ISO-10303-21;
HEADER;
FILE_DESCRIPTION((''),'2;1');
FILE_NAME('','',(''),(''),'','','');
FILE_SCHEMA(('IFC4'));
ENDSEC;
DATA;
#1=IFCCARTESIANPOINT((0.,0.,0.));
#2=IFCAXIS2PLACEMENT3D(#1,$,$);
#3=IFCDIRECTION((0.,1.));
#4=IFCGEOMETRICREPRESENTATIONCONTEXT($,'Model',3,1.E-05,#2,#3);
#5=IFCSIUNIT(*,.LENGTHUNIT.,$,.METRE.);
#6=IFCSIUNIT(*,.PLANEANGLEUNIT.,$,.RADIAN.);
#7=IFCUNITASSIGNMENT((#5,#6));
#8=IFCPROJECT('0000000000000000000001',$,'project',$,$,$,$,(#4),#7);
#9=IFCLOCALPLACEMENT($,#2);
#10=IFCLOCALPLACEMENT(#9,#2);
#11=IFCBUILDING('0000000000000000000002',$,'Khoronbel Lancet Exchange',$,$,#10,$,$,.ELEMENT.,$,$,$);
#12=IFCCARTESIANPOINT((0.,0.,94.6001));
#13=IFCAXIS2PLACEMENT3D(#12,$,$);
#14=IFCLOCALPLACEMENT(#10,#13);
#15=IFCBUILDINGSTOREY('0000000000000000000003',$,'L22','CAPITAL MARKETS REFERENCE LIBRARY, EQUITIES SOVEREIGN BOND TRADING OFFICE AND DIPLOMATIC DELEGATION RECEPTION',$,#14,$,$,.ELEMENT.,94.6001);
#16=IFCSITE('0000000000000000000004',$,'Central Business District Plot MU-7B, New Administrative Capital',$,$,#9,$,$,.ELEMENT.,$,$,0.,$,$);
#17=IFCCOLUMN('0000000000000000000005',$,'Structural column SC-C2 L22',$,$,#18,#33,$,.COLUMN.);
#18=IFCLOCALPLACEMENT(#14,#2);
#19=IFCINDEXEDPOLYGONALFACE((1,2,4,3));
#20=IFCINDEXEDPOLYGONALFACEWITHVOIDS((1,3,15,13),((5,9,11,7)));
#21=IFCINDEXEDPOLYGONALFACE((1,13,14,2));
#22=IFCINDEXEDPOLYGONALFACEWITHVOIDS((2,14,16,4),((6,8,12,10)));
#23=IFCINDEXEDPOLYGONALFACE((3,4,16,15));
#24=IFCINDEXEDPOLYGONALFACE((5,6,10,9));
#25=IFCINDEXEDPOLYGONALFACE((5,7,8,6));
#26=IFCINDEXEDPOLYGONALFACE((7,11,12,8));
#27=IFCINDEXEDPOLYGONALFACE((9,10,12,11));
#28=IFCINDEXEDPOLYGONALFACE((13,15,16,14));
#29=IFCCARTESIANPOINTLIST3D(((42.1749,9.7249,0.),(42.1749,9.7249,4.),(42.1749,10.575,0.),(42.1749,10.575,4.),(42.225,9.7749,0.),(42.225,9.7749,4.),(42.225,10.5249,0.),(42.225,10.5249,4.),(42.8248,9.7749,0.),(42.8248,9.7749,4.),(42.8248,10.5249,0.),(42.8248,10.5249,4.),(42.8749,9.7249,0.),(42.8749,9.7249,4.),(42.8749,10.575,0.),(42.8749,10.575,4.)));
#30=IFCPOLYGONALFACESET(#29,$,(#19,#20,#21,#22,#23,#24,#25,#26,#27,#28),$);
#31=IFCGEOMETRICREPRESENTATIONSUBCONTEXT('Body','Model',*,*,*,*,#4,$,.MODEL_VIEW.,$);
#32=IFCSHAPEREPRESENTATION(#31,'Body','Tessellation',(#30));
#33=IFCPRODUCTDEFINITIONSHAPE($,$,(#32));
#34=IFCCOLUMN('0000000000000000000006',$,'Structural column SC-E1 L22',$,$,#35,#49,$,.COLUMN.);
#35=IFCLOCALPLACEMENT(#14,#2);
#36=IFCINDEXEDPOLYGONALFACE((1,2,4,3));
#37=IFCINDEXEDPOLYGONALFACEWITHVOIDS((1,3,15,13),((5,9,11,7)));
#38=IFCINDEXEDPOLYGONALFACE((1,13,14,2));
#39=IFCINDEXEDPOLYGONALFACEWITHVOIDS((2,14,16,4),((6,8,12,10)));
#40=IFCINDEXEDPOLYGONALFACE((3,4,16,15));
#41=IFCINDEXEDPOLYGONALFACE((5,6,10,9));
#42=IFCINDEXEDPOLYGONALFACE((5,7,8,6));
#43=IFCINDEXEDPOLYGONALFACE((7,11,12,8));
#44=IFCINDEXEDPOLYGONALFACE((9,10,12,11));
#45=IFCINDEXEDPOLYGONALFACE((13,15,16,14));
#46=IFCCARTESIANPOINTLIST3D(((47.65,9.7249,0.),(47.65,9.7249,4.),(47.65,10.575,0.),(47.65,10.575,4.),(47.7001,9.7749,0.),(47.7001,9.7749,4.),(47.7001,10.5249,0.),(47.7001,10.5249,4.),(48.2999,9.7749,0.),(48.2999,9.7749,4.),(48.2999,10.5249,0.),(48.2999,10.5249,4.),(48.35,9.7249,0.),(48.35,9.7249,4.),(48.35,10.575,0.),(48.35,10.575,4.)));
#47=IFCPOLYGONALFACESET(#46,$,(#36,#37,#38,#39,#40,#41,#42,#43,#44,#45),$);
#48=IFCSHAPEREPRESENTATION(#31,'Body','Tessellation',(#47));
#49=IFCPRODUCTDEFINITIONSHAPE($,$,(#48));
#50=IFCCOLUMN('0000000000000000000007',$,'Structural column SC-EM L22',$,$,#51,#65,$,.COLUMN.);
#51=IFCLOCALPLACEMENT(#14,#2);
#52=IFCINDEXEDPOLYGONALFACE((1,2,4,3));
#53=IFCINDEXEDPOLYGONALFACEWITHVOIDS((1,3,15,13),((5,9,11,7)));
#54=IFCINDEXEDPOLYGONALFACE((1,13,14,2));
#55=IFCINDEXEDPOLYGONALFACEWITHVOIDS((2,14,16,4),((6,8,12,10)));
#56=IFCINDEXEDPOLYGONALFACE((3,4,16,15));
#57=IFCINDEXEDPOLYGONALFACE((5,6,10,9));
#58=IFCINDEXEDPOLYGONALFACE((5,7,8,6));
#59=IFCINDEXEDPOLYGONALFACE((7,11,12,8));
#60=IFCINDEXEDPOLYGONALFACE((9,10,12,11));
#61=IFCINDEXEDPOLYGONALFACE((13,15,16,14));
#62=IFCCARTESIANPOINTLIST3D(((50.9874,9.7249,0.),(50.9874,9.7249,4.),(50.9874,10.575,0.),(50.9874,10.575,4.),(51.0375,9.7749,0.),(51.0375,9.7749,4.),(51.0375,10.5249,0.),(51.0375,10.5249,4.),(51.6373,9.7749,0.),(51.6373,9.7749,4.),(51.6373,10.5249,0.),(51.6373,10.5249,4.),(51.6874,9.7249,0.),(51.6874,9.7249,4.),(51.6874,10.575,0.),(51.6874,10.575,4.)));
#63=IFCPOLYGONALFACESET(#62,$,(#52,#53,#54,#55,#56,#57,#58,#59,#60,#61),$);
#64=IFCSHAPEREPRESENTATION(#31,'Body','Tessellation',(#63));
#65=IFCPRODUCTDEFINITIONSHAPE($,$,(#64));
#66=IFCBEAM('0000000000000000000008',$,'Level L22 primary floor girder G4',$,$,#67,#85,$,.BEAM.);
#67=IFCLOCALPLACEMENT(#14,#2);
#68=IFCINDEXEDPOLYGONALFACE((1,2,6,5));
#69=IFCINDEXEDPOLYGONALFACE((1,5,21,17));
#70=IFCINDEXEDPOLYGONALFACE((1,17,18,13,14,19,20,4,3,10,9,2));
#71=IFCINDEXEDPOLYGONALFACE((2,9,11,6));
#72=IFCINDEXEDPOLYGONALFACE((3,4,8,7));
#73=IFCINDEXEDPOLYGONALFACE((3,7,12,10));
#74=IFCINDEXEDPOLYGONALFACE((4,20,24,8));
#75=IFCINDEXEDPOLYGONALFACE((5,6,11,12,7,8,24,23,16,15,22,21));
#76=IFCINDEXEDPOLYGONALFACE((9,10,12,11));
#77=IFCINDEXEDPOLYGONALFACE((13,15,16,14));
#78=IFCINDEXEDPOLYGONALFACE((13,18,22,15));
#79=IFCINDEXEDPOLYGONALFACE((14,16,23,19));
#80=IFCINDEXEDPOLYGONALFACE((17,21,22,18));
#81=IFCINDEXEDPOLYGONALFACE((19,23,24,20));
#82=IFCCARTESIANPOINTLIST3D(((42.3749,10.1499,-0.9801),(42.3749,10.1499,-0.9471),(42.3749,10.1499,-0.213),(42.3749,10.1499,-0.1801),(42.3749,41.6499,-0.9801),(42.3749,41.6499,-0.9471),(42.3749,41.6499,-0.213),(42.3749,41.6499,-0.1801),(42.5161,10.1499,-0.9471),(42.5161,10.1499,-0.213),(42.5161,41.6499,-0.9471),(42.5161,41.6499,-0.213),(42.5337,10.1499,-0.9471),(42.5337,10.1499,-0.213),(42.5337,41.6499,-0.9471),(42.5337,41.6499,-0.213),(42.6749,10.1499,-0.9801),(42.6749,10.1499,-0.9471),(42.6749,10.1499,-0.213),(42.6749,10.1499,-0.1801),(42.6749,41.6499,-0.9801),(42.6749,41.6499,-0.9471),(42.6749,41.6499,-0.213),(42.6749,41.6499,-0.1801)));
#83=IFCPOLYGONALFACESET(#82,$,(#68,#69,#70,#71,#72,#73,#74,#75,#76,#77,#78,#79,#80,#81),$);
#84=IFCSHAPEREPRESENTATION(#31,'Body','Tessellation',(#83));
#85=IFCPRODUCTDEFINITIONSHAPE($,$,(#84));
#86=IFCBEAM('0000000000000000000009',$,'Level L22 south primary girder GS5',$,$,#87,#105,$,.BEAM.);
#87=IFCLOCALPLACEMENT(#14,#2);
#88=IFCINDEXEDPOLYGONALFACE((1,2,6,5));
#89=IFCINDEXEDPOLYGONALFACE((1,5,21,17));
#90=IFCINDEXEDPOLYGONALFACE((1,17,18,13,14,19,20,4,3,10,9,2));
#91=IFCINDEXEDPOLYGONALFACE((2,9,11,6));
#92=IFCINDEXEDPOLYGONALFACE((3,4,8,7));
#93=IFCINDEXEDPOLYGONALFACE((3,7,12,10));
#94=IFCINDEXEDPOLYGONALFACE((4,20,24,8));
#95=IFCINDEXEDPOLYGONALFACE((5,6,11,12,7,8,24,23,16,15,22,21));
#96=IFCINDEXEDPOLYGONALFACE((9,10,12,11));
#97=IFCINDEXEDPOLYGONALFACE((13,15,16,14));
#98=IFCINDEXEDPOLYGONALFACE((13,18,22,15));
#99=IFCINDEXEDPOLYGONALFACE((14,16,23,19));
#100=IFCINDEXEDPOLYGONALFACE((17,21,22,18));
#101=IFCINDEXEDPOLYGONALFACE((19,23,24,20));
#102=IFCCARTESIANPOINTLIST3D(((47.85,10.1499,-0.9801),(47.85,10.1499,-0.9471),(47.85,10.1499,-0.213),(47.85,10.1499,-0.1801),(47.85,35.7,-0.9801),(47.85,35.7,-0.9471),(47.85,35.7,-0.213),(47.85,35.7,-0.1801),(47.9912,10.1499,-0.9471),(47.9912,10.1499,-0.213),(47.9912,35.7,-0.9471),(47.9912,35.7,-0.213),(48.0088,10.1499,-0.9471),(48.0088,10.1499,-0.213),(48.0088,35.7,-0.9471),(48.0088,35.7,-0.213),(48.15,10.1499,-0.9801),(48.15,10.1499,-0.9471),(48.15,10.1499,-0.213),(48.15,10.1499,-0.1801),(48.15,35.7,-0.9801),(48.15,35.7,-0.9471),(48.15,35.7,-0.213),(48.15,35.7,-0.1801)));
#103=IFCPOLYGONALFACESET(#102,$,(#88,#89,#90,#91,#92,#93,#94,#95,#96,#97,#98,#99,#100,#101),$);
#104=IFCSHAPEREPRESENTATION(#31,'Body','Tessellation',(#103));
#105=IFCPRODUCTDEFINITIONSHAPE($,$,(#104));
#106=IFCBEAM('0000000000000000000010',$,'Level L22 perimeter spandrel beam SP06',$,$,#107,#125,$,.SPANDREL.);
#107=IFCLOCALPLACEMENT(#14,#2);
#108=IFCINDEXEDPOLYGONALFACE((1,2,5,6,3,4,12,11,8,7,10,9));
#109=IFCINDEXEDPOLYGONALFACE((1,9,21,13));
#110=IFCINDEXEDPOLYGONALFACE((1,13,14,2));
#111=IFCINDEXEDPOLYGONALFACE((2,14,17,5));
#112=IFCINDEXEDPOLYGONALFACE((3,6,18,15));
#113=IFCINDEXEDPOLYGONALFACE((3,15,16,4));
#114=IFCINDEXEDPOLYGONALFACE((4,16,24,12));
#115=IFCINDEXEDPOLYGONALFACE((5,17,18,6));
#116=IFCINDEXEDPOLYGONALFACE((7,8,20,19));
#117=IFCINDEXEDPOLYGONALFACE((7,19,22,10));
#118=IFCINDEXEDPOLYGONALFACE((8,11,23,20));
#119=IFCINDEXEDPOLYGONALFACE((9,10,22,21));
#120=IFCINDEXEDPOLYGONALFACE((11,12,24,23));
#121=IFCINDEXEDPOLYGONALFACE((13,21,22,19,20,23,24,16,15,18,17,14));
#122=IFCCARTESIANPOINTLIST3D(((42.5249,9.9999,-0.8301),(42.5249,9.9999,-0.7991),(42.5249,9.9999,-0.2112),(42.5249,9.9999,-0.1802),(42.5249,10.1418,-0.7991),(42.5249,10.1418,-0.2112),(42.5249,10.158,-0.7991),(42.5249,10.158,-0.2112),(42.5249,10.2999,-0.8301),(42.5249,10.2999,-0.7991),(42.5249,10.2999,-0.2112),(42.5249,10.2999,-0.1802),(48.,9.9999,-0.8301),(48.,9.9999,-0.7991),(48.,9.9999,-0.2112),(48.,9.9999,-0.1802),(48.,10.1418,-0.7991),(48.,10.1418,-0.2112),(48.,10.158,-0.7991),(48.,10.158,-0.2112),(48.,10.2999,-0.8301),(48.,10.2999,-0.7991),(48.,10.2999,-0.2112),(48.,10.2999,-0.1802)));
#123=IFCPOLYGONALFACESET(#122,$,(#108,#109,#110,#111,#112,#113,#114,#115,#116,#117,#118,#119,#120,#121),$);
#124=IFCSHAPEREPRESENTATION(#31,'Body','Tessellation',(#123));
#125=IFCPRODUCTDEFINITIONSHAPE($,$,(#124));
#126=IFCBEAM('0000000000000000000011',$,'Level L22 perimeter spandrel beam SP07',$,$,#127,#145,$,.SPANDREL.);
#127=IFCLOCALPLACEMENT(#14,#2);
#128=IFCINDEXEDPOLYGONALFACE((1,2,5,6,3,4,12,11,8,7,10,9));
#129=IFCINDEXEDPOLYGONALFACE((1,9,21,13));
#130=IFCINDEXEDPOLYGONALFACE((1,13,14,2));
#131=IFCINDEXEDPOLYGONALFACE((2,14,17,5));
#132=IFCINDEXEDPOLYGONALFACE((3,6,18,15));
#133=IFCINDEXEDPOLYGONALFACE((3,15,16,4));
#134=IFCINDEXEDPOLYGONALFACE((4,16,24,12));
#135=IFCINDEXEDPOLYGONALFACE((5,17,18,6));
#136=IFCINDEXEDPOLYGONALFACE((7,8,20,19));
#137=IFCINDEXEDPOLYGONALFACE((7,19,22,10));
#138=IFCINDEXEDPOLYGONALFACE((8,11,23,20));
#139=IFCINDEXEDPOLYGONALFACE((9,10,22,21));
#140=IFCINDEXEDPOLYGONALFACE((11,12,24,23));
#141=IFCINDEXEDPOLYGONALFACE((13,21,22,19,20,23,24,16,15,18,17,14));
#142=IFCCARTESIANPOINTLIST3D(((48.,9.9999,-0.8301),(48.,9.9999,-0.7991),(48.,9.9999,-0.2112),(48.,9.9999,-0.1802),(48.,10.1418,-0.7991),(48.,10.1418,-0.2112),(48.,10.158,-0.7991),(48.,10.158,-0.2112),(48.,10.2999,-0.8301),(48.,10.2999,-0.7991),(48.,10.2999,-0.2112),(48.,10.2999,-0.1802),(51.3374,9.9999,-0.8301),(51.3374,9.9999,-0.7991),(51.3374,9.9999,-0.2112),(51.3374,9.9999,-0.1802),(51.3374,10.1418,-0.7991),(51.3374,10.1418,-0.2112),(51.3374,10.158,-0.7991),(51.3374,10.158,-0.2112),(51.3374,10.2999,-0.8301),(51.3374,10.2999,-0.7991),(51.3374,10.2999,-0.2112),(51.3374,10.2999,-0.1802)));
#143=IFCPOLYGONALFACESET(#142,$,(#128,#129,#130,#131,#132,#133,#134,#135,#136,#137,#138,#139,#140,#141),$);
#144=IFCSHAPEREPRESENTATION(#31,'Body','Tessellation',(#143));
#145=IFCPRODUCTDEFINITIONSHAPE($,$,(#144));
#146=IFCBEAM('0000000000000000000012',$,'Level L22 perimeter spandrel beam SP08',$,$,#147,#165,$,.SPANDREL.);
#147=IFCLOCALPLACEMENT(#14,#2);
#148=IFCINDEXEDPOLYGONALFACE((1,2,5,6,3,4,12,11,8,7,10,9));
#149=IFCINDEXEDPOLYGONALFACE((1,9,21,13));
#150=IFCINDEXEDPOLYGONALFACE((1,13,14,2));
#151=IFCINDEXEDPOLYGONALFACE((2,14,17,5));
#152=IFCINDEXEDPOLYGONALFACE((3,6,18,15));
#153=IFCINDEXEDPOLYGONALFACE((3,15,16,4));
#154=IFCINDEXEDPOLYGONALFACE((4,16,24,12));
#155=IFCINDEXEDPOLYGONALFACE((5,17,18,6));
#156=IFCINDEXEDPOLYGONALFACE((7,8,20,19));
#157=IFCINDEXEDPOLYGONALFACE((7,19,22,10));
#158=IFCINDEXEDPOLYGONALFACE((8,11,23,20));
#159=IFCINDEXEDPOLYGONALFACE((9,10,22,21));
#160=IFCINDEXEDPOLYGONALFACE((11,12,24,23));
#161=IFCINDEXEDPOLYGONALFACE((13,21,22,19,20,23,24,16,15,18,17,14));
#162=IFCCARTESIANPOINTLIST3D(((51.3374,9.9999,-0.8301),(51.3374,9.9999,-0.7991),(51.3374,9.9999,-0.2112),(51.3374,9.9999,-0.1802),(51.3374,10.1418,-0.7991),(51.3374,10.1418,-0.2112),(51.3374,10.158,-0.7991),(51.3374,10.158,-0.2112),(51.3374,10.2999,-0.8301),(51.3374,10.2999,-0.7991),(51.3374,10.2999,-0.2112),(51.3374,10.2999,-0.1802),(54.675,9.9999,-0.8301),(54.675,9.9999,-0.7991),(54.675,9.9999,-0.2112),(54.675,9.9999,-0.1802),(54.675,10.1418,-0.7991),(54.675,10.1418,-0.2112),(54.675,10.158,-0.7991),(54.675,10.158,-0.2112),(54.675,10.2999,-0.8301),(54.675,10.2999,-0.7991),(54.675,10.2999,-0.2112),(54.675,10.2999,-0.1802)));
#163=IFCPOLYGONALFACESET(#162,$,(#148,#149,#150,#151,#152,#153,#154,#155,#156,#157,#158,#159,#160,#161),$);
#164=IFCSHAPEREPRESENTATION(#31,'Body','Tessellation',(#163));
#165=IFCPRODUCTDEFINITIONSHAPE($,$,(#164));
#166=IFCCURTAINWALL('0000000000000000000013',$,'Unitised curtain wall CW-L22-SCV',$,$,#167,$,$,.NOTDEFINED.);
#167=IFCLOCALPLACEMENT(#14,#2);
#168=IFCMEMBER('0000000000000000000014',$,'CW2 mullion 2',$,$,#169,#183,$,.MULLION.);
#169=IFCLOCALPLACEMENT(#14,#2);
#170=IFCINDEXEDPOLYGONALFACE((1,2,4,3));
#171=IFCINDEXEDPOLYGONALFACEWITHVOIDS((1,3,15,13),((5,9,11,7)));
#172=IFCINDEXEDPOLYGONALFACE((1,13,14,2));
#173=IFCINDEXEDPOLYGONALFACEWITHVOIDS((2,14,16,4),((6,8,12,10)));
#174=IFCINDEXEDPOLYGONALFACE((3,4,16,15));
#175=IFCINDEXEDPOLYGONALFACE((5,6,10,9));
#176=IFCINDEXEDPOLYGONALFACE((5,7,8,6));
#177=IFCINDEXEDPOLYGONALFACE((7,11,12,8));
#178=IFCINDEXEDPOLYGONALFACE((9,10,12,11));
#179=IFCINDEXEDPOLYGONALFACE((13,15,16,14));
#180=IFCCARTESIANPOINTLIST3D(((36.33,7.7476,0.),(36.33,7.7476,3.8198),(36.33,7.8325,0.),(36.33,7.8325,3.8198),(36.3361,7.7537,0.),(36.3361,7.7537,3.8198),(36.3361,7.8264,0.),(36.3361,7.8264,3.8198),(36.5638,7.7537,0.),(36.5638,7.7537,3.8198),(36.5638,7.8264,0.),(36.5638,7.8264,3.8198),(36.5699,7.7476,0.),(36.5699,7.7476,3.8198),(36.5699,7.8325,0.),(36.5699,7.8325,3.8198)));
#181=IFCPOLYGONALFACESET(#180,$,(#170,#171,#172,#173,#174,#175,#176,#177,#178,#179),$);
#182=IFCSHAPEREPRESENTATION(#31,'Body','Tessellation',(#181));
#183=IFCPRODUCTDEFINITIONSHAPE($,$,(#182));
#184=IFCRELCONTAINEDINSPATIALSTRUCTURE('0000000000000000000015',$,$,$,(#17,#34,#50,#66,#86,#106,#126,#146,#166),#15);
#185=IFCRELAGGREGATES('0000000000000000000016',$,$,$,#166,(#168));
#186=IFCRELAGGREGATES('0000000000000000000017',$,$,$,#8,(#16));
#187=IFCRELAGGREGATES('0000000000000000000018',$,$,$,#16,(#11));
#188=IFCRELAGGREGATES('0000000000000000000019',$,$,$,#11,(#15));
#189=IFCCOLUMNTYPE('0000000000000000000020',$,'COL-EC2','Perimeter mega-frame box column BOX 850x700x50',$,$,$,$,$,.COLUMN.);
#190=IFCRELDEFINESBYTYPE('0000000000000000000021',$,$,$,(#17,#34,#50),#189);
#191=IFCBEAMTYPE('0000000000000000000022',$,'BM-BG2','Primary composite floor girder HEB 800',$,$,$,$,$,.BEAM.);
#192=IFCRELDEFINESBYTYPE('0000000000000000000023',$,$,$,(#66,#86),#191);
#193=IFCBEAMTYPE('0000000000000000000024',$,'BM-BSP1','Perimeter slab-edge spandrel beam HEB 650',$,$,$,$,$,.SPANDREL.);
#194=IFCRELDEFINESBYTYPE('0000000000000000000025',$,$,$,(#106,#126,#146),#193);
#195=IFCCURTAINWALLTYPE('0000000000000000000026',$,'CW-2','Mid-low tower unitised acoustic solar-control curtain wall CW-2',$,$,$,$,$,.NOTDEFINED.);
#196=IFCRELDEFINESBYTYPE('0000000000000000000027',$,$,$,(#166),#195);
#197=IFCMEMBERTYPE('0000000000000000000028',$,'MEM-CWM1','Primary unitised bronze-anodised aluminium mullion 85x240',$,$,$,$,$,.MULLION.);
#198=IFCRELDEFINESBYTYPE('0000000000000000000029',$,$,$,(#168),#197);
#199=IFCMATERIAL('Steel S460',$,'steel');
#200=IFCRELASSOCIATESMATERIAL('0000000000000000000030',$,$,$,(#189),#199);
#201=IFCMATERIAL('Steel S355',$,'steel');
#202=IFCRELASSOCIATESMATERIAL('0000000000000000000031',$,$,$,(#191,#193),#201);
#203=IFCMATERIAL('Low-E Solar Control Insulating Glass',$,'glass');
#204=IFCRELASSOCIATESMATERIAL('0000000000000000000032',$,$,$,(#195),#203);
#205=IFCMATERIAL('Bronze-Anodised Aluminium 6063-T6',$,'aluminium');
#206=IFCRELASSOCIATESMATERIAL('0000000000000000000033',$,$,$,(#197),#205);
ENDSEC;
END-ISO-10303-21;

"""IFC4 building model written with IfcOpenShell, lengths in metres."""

from ifc_helpers import new_model, si_unit, direction, frame, origin, origin_2d, place, context, subcontext, project, spatial, hollow_rectangle, i_section, extrude, material, material_profile, profile_set, type_object, element, aggregate, save


model = new_model("IFC4")

# Units and contexts
model_context = context("Model", 3, precision=1e-05, world=origin(), true_north=direction((0.0, 1.0)))
body_context = subcontext(model_context, "Body", "Model", "MODEL_VIEW")
ifc_project = project(units=[si_unit("LENGTHUNIT", "METRE"), si_unit("PLANEANGLEUNIT", "RADIAN")], contexts=[model_context])

# Site, building, storey
site_placement = place(None, origin())
site = spatial("IfcSite", under=ifc_project, at=site_placement, Name="Central Business District Plot MU-7B, New Administrative Capital", CompositionType="ELEMENT", RefElevation=0.0)
building_placement = place(site_placement, origin())
building = spatial("IfcBuilding", under=site, at=building_placement, Name="Khoronbel Lancet Exchange", CompositionType="ELEMENT")
storey_placement = place(building_placement, frame((0.0, 0.0, 94.6001)))
storey = spatial("IfcBuildingStorey", under=building, at=storey_placement, Name="L22", Description="CAPITAL MARKETS REFERENCE LIBRARY, EQUITIES SOVEREIGN BOND TRADING OFFICE AND DIPLOMATIC DELEGATION RECEPTION", CompositionType="ELEMENT", Elevation=94.6001)

# Columns
ifc_material_1 = material(Name="Steel S460", Category="steel")
ifc_material_profile_1 = material_profile(ifc_material_1, hollow_rectangle(XDim=0.7, YDim=0.8501, WallThickness=0.05, at=origin_2d()), Name="BOX 850x700x50")
ifc_profile_set_1 = profile_set([ifc_material_profile_1], Name="Steel S460")
column_type = type_object("IfcColumnType", Name="COL-EC2", Description="Perimeter mega-frame box column BOX 850x700x50", PredefinedType="COLUMN", material=ifc_profile_set_1)
for number, where, z_axis, x_axis, name in (
    (1, (42.5249, 10.1499, 0.0), (0.0, 0.0, 1.0), (1.0, 0.0, 0.0), "Structural column SC-C2 L22"),
    (2, (48.0, 10.1499, 0.0), (0.0, 0.0, 1.0), (1.0, 0.0, 0.0), "Structural column SC-E1 L22"),
    (3, (51.3374, 10.1499, 0.0), (0.0, 0.0, 1.0), (1.0, 0.0, 0.0), "Structural column SC-EM L22"),
):
    element("IfcColumn", number, at=place(storey_placement, frame(where, z_axis=z_axis, x_axis=x_axis)), inside=storey, type_object=column_type, Name=name, PredefinedType="COLUMN", context=body_context, shape_type="SweptSolid", body=[
        extrude(hollow_rectangle(XDim=0.7, YDim=0.8501, WallThickness=0.05, at=origin_2d()), origin(), (0.0, 0.0, 1.0), 4.0),
    ])

# Beams
ifc_material_2 = material(Name="Steel S355", Category="steel")
ifc_material_profile_2 = material_profile(ifc_material_2, i_section(OverallWidth=0.3, OverallDepth=0.8, WebThickness=0.0176, FlangeThickness=0.033, at=origin_2d()), Name="HEB 800")
ifc_profile_set_2 = profile_set([ifc_material_profile_2], Name="Steel S355")
beam_type_1 = type_object("IfcBeamType", Name="BM-BG2", Description="Primary composite floor girder HEB 800", PredefinedType="BEAM", material=ifc_profile_set_2)
beam_1_placement = place(storey_placement, frame((42.5249, 10.1499, -0.5801), z_axis=(0.0, 1.0, 0.0), x_axis=(-1.0, 0.0, 0.0)))
element("IfcBeam", 4, at=beam_1_placement, inside=storey, type_object=beam_type_1, Name="Level L22 primary floor girder G4", PredefinedType="BEAM", context=body_context, shape_type="SweptSolid", body=[
    extrude(i_section(OverallWidth=0.3, OverallDepth=0.8, WebThickness=0.0176, FlangeThickness=0.033, at=origin_2d()), origin(), (0.0, 0.0, 1.0), 31.5),
])
beam_2_placement = place(storey_placement, frame((48.0, 10.1499, -0.5801), z_axis=(0.0, 1.0, 0.0), x_axis=(-1.0, 0.0, 0.0)))
element("IfcBeam", 5, at=beam_2_placement, inside=storey, type_object=beam_type_1, Name="Level L22 south primary girder GS5", PredefinedType="BEAM", context=body_context, shape_type="SweptSolid", body=[
    extrude(i_section(OverallWidth=0.3, OverallDepth=0.8, WebThickness=0.0176, FlangeThickness=0.033, at=origin_2d()), origin(), (0.0, 0.0, 1.0), 25.55),
])
ifc_material_profile_3 = material_profile(ifc_material_2, i_section(OverallWidth=0.3, OverallDepth=0.6499, WebThickness=0.0161, FlangeThickness=0.031, at=origin_2d()), Name="HEB 650")
ifc_profile_set_3 = profile_set([ifc_material_profile_3], Name="Steel S355")
beam_type_2 = type_object("IfcBeamType", Name="BM-BSP1", Description="Perimeter slab-edge spandrel beam HEB 650", PredefinedType="SPANDREL", material=ifc_profile_set_3)
beam_3_placement = place(storey_placement, frame((42.5249, 10.1499, -0.5051), z_axis=(1.0, 0.0, 0.0), x_axis=(0.0, 1.0, 0.0)))
element("IfcBeam", 6, at=beam_3_placement, inside=storey, type_object=beam_type_2, Name="Level L22 perimeter spandrel beam SP06", PredefinedType="SPANDREL", context=body_context, shape_type="SweptSolid", body=[
    extrude(i_section(OverallWidth=0.3, OverallDepth=0.6499, WebThickness=0.0161, FlangeThickness=0.031, at=origin_2d()), origin(), (0.0, 0.0, 1.0), 5.4751),
])
beam_4_placement = place(storey_placement, frame((48.0, 10.1499, -0.5051), z_axis=(1.0, 0.0, 0.0), x_axis=(0.0, 1.0, 0.0)))
element("IfcBeam", 7, at=beam_4_placement, inside=storey, type_object=beam_type_2, Name="Level L22 perimeter spandrel beam SP07", PredefinedType="SPANDREL", context=body_context, shape_type="SweptSolid", body=[
    extrude(i_section(OverallWidth=0.3, OverallDepth=0.6499, WebThickness=0.0161, FlangeThickness=0.031, at=origin_2d()), origin(), (0.0, 0.0, 1.0), 3.3374),
])
beam_5_placement = place(storey_placement, frame((51.3374, 10.1499, -0.5051), z_axis=(1.0, 0.0, 0.0), x_axis=(0.0, 1.0, 0.0)))
element("IfcBeam", 8, at=beam_5_placement, inside=storey, type_object=beam_type_2, Name="Level L22 perimeter spandrel beam SP08", PredefinedType="SPANDREL", context=body_context, shape_type="SweptSolid", body=[
    extrude(i_section(OverallWidth=0.3, OverallDepth=0.6499, WebThickness=0.0161, FlangeThickness=0.031, at=origin_2d()), origin(), (0.0, 0.0, 1.0), 3.3376),
])

# Curtain wall, member
ifc_material_3 = material(Name="Low-E Solar Control Insulating Glass", Category="glass")
curtain_wall_type = type_object("IfcCurtainWallType", Name="CW-2", Description="Mid-low tower unitised acoustic solar-control curtain wall CW-2", PredefinedType="NOTDEFINED", material=ifc_material_3)
curtain_wall_1_placement = place(storey_placement, origin())
curtain_wall_1 = element("IfcCurtainWall", 9, at=curtain_wall_1_placement, inside=storey, type_object=curtain_wall_type, Name="Unitised curtain wall CW-L22-SCV", PredefinedType="NOTDEFINED")
ifc_material_4 = material(Name="Bronze-Anodised Aluminium 6063-T6", Category="aluminium")
ifc_material_profile_4 = material_profile(ifc_material_4, hollow_rectangle(XDim=0.085, YDim=0.24, WallThickness=0.0061, at=origin_2d()), Name="ALU MULLION 85x240")
ifc_profile_set_4 = profile_set([ifc_material_profile_4], Name="Bronze-Anodised Aluminium 6063-T6")
member_type_1 = type_object("IfcMemberType", Name="MEM-CWM1", Description="Primary unitised bronze-anodised aluminium mullion 85x240", PredefinedType="MULLION", material=ifc_profile_set_4)
member_1_placement = place(storey_placement, frame((36.45, 7.79, 0.0), z_axis=(0.0, 0.0, 1.0), x_axis=(0.0, 1.0, 0.0)))
member_1 = element("IfcMember", 10, at=member_1_placement, type_object=member_type_1, Name="CW2 mullion 2", PredefinedType="MULLION", context=body_context, shape_type="SweptSolid", body=[
    extrude(hollow_rectangle(XDim=0.085, YDim=0.24, WallThickness=0.0061, at=origin_2d()), origin(), (0.0, 0.0, 1.0), 3.8198),
])

aggregate(curtain_wall_1, [member_1])

save(model, "model.ifc")
